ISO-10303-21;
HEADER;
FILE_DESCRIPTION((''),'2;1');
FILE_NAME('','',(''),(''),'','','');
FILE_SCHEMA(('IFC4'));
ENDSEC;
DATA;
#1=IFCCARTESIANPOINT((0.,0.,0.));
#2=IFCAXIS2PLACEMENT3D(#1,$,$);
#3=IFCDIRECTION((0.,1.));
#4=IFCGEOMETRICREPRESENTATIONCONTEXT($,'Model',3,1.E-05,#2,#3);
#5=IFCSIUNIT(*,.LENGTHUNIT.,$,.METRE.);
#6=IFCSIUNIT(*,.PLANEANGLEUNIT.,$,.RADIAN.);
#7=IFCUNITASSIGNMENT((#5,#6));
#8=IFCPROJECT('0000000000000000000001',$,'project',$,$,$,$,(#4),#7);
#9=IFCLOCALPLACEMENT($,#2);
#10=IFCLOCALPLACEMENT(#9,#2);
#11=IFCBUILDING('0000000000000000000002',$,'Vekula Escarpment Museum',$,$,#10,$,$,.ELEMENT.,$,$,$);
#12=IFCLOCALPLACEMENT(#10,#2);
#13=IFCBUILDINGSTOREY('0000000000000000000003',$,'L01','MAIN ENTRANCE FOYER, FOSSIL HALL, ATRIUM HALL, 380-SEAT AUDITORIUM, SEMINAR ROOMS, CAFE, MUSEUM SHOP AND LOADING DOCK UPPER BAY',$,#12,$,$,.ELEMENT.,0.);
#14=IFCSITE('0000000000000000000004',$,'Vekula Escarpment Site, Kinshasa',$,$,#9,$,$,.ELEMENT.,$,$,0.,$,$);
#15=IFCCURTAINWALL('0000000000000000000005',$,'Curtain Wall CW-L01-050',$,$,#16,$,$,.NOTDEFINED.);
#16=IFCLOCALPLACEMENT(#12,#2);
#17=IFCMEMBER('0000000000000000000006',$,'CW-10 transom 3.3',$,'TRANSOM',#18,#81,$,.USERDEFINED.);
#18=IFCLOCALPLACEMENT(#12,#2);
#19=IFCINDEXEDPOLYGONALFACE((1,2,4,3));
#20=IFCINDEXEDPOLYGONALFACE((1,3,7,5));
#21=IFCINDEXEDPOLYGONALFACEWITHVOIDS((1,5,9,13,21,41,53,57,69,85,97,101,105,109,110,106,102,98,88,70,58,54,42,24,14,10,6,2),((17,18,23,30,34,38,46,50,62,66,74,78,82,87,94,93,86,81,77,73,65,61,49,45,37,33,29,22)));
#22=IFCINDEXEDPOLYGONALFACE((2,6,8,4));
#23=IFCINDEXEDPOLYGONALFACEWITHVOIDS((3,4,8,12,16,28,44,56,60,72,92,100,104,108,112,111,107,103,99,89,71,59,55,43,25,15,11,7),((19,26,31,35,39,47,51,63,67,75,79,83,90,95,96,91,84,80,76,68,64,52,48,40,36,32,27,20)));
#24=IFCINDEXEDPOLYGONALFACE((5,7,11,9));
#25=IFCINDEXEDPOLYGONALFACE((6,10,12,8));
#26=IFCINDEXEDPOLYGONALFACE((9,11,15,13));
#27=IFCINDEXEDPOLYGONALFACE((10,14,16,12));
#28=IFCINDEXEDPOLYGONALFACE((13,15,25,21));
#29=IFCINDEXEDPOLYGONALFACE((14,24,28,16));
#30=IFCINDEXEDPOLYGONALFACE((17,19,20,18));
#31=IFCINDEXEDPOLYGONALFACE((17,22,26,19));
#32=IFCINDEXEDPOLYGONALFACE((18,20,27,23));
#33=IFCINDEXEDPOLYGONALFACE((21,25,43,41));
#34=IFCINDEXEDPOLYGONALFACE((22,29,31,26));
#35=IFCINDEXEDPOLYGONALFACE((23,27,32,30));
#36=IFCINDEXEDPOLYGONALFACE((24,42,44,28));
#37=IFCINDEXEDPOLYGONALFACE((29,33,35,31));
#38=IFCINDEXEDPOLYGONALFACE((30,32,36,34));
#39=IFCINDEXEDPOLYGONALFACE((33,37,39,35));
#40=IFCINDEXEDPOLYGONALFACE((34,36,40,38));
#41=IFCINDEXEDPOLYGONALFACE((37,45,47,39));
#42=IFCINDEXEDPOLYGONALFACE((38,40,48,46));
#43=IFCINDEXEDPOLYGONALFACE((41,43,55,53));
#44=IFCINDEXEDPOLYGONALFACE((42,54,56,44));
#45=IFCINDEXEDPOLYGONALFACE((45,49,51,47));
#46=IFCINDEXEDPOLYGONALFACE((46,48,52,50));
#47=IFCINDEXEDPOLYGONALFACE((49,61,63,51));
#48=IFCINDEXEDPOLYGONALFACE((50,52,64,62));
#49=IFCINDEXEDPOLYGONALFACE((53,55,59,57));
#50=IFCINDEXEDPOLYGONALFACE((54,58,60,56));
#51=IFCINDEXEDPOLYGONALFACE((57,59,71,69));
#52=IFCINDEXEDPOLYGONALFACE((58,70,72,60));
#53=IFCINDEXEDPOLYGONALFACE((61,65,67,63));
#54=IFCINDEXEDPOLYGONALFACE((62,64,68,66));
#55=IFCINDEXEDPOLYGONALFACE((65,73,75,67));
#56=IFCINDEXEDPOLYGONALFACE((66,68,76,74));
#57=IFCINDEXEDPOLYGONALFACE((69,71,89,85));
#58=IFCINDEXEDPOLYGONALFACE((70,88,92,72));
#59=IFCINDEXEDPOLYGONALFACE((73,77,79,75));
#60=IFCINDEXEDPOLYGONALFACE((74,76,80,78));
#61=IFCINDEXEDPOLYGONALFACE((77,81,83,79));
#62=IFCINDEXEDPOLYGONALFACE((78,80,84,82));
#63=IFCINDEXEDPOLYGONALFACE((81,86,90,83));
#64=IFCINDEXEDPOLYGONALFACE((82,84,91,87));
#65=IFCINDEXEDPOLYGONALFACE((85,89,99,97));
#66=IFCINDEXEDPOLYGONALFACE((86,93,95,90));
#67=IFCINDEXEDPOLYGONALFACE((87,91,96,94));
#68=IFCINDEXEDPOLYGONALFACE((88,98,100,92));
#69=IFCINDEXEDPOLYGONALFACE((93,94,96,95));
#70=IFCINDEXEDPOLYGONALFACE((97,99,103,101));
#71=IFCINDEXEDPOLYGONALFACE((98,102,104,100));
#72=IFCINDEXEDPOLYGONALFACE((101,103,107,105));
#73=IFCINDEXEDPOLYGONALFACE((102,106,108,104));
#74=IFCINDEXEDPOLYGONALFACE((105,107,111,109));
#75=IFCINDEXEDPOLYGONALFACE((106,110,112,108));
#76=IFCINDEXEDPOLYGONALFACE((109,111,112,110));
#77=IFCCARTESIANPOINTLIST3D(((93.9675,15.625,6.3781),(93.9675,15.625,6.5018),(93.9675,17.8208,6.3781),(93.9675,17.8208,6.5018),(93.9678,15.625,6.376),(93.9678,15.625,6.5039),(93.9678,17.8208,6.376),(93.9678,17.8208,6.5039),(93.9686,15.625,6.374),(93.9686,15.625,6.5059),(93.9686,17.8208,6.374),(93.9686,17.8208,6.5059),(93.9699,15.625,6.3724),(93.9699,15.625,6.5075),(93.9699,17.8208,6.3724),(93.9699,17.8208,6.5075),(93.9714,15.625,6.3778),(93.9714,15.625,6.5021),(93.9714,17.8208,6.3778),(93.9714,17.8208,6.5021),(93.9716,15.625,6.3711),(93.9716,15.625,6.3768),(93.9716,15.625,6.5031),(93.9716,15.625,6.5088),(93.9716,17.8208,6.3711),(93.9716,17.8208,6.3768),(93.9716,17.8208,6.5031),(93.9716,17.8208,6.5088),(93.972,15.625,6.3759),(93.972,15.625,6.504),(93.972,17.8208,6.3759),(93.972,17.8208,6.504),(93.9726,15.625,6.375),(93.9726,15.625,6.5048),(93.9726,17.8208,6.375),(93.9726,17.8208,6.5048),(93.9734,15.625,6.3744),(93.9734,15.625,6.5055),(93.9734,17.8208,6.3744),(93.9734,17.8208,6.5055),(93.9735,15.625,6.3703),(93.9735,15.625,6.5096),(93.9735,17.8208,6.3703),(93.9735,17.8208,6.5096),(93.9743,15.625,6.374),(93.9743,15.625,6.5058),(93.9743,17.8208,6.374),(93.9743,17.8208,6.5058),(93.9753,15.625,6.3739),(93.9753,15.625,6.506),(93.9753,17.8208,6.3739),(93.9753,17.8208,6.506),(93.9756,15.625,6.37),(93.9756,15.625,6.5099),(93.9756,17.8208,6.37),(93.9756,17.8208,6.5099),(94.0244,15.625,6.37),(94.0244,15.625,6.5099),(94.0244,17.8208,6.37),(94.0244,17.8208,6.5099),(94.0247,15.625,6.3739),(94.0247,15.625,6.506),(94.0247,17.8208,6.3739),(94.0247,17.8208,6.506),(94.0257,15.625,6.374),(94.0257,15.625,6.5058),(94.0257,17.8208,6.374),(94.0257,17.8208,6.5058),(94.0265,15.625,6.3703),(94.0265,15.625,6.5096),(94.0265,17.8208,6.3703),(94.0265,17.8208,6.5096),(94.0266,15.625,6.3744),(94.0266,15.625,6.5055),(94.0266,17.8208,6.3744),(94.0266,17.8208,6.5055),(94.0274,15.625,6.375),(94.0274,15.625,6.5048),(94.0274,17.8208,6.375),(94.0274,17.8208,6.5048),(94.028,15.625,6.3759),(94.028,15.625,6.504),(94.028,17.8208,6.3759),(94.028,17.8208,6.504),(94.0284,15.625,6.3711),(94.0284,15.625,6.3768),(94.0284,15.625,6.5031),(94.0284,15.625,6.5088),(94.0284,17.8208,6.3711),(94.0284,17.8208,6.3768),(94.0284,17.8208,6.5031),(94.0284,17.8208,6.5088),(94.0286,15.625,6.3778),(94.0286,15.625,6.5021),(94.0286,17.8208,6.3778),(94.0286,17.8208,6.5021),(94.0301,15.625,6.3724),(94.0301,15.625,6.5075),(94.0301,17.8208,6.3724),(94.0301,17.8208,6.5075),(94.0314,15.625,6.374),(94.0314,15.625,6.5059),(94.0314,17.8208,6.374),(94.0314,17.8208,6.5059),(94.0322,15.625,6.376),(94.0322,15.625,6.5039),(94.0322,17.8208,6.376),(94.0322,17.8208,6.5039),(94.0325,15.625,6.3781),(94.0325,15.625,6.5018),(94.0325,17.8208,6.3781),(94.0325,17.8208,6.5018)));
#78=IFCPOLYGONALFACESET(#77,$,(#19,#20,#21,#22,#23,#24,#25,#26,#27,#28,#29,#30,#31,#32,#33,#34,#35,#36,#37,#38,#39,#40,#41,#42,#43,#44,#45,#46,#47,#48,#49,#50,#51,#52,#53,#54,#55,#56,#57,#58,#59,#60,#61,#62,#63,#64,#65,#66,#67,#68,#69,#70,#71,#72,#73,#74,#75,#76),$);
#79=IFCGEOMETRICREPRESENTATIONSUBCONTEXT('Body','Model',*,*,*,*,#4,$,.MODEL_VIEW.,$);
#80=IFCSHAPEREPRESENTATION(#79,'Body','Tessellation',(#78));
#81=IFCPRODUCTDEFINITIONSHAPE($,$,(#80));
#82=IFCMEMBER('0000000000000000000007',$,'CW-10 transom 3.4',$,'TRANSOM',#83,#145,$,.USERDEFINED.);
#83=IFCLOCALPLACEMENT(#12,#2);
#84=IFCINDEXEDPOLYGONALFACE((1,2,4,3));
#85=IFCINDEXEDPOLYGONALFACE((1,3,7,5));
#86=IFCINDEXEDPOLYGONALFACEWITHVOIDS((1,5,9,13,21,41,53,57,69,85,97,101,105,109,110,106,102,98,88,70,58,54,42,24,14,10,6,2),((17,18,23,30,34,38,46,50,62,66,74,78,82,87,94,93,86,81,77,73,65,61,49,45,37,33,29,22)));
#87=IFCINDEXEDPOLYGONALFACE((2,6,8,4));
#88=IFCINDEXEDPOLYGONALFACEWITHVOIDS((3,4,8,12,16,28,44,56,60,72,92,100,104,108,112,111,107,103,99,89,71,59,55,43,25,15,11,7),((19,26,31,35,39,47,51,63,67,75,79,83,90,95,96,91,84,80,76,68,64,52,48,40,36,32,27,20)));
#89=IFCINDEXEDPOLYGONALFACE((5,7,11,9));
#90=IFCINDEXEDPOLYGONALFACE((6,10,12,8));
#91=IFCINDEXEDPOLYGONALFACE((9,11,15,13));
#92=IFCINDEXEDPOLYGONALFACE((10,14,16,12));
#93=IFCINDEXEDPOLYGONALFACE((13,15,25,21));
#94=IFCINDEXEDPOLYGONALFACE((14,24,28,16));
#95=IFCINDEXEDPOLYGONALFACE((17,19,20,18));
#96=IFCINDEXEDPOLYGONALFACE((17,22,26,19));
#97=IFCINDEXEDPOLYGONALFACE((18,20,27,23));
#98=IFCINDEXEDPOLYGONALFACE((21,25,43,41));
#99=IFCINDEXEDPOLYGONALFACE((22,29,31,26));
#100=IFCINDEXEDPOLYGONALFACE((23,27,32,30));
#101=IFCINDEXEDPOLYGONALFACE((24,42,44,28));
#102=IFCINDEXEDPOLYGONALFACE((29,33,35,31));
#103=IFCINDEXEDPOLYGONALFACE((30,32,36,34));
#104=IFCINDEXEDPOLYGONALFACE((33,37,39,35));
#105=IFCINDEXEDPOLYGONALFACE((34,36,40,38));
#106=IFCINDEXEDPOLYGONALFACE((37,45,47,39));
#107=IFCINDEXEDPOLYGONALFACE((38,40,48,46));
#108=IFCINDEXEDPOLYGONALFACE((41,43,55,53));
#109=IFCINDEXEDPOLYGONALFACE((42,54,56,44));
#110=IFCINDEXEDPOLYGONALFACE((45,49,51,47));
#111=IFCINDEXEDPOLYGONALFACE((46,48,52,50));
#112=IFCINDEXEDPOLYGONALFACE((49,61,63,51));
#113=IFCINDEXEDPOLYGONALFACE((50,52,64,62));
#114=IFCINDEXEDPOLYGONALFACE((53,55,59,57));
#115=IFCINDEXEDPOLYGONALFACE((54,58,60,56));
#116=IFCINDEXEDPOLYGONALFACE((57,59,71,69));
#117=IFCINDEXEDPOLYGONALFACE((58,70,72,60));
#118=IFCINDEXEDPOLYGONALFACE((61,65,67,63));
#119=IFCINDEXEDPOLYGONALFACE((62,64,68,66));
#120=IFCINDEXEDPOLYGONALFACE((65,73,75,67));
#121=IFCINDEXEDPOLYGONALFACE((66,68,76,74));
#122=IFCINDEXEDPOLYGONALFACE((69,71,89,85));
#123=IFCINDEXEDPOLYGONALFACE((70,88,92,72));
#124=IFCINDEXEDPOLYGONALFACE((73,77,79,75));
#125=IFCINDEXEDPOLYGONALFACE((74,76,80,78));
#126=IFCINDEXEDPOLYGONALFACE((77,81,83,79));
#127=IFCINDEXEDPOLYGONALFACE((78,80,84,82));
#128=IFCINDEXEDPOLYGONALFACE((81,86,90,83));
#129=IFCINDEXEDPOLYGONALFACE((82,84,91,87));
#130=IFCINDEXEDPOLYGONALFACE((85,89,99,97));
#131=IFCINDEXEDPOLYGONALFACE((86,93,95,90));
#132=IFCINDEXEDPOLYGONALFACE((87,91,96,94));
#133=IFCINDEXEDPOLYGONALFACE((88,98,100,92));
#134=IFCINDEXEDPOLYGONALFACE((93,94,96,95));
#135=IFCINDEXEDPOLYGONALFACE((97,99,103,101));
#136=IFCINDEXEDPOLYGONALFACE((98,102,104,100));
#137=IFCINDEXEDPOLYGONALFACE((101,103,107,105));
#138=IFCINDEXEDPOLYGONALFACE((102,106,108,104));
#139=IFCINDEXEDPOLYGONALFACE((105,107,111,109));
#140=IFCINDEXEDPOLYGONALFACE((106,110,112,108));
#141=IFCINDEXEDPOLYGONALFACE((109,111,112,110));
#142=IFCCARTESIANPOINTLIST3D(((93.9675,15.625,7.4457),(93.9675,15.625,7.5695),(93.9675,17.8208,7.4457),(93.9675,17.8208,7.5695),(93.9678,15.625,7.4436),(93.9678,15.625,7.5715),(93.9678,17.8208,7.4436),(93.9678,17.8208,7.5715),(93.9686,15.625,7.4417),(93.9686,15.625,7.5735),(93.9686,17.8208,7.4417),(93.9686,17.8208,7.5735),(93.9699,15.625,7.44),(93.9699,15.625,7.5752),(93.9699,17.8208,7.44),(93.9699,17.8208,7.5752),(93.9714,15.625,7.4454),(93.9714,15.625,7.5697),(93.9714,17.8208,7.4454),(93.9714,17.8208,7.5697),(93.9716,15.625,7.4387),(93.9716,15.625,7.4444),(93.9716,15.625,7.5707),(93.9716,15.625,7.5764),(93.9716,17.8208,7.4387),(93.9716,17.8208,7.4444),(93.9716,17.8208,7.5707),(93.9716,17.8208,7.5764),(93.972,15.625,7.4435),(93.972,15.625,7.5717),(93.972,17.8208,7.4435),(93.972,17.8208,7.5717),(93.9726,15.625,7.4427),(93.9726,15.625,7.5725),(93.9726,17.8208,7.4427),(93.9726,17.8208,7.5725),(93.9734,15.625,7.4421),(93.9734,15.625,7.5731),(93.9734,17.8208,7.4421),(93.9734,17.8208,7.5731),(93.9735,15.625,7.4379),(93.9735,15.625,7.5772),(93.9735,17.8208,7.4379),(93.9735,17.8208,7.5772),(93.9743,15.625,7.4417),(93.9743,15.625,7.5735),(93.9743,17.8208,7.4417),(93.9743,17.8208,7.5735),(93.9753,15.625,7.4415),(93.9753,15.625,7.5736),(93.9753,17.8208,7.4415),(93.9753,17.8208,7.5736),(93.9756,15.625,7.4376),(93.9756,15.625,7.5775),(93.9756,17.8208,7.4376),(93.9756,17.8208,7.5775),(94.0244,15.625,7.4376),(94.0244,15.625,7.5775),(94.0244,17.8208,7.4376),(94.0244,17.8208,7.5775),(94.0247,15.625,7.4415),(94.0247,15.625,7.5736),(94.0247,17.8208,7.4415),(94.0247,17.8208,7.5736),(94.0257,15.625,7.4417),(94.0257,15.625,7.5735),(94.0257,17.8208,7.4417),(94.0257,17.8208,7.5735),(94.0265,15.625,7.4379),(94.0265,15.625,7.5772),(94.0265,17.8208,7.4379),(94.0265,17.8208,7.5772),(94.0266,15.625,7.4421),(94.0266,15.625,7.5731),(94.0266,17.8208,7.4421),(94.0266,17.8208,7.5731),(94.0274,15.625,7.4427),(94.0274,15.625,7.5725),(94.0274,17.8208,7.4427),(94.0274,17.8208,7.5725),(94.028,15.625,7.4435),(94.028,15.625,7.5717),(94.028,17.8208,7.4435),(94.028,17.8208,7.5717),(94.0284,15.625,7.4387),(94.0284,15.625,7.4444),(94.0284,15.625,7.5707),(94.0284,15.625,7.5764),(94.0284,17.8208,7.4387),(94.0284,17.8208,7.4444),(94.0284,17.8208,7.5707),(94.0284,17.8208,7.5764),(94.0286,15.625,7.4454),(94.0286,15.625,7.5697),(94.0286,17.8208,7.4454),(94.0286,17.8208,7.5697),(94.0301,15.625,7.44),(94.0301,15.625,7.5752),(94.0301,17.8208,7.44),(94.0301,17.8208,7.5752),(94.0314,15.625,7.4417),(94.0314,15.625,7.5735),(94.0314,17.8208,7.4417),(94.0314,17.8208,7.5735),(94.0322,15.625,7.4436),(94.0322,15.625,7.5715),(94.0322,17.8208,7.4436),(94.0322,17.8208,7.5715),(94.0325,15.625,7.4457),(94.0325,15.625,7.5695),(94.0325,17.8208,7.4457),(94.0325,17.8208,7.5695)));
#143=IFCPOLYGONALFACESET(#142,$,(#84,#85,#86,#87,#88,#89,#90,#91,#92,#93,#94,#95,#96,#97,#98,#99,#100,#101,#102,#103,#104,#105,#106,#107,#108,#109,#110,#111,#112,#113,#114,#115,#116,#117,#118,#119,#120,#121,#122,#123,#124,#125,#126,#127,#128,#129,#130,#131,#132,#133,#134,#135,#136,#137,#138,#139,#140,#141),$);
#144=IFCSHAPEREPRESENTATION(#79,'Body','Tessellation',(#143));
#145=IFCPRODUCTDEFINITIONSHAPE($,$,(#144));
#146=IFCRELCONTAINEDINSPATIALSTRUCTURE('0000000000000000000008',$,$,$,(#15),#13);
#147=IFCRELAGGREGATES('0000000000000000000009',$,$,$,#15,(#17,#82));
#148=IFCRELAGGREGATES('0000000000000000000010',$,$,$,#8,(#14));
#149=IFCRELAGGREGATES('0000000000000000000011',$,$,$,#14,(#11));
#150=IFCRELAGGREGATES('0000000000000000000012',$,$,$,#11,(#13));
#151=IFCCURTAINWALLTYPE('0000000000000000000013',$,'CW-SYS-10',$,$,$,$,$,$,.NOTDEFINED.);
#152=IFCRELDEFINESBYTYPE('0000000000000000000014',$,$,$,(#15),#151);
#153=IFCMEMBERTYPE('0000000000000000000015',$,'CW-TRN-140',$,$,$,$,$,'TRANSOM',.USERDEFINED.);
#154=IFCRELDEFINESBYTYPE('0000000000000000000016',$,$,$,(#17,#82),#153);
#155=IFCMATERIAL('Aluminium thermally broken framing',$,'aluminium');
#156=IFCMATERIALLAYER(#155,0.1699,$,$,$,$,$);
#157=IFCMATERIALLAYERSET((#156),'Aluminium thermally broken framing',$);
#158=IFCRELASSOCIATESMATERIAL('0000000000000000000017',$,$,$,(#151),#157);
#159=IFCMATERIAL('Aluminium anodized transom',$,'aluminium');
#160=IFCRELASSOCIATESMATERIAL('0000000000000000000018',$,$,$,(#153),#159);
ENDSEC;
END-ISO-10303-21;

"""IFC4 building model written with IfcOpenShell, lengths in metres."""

from ifc_helpers import new_model, si_unit, direction, frame, origin, origin_2d, place, context, subcontext, project, spatial, hollow_rectangle, extrude, material, layer, layer_set, material_profile, profile_set, type_object, element, aggregate, save


model = new_model("IFC4")

# Units and contexts
model_context = context("Model", 3, precision=1e-05, world=origin(), true_north=direction((0.0, 1.0)))
body_context = subcontext(model_context, "Body", "Model", "MODEL_VIEW")
ifc_project = project(units=[si_unit("LENGTHUNIT", "METRE"), si_unit("PLANEANGLEUNIT", "RADIAN")], contexts=[model_context])

# Site, building, storey
site_placement = place(None, origin())
site = spatial("IfcSite", under=ifc_project, at=site_placement, Name="Vekula Escarpment Site, Kinshasa", CompositionType="ELEMENT", RefElevation=0.0)
building_placement = place(site_placement, origin())
building = spatial("IfcBuilding", under=site, at=building_placement, Name="Vekula Escarpment Museum", CompositionType="ELEMENT")
storey_placement = place(building_placement, origin())
storey = spatial("IfcBuildingStorey", under=building, at=storey_placement, Name="L01", Description="MAIN ENTRANCE FOYER, FOSSIL HALL, ATRIUM HALL, 380-SEAT AUDITORIUM, SEMINAR ROOMS, CAFE, MUSEUM SHOP AND LOADING DOCK UPPER BAY", CompositionType="ELEMENT", Elevation=0.0)

# Curtain wall, members
ifc_material_1 = material(Name="Aluminium thermally broken framing", Category="aluminium")
ifc_layer_1 = layer(ifc_material_1, 0.1699)
ifc_layer_set_1 = layer_set([ifc_layer_1], Name="Aluminium thermally broken framing")
curtain_wall_type = type_object("IfcCurtainWallType", Name="CW-SYS-10", PredefinedType="NOTDEFINED", material=ifc_layer_set_1)
curtain_wall_placement = place(storey_placement, origin())
curtain_wall = element("IfcCurtainWall", 1, at=curtain_wall_placement, inside=storey, type_object=curtain_wall_type, Name="Curtain Wall CW-L01-050", PredefinedType="NOTDEFINED")
ifc_material_2 = material(Name="Aluminium anodized transom", Category="aluminium")
ifc_material_profile_1 = material_profile(ifc_material_2, hollow_rectangle(XDim=0.0649, YDim=0.1399, WallThickness=0.0039, InnerFilletRadius=0.0039, OuterFilletRadius=0.0081, at=origin_2d()), Name="ALU 140x65x4")
ifc_profile_set_1 = profile_set([ifc_material_profile_1], Name="Aluminium anodized transom")
member_type_1 = type_object("IfcMemberType", Name="CW-TRN-140", ElementType="TRANSOM", PredefinedType="USERDEFINED", material=ifc_profile_set_1)
member_1_placement = place(storey_placement, frame((94.0, 17.8208, 6.4399), z_axis=(0.0, -1.0, 0.0), x_axis=(1.0, 0.0, 0.0)))
member_1 = element("IfcMember", 2, at=member_1_placement, type_object=member_type_1, Name="CW-10 transom 3.3", ObjectType="TRANSOM", PredefinedType="USERDEFINED", context=body_context, shape_type="SweptSolid", body=[
    extrude(hollow_rectangle(XDim=0.0649, YDim=0.1399, WallThickness=0.0039, InnerFilletRadius=0.0039, OuterFilletRadius=0.0081, at=origin_2d()), origin(), (0.0, 0.0, 1.0), 2.1958),
])
member_2_placement = place(storey_placement, frame((94.0, 17.8208, 7.5076), z_axis=(0.0, -1.0, 0.0), x_axis=(1.0, 0.0, 0.0)))
member_2 = element("IfcMember", 3, at=member_2_placement, type_object=member_type_1, Name="CW-10 transom 3.4", ObjectType="TRANSOM", PredefinedType="USERDEFINED", context=body_context, shape_type="SweptSolid", body=[
    extrude(hollow_rectangle(XDim=0.0649, YDim=0.1399, WallThickness=0.0039, InnerFilletRadius=0.0039, OuterFilletRadius=0.0081, at=origin_2d()), origin(), (0.0, 0.0, 1.0), 2.1958),
])

aggregate(curtain_wall, [member_1, member_2])

save(model, "model.ifc")
